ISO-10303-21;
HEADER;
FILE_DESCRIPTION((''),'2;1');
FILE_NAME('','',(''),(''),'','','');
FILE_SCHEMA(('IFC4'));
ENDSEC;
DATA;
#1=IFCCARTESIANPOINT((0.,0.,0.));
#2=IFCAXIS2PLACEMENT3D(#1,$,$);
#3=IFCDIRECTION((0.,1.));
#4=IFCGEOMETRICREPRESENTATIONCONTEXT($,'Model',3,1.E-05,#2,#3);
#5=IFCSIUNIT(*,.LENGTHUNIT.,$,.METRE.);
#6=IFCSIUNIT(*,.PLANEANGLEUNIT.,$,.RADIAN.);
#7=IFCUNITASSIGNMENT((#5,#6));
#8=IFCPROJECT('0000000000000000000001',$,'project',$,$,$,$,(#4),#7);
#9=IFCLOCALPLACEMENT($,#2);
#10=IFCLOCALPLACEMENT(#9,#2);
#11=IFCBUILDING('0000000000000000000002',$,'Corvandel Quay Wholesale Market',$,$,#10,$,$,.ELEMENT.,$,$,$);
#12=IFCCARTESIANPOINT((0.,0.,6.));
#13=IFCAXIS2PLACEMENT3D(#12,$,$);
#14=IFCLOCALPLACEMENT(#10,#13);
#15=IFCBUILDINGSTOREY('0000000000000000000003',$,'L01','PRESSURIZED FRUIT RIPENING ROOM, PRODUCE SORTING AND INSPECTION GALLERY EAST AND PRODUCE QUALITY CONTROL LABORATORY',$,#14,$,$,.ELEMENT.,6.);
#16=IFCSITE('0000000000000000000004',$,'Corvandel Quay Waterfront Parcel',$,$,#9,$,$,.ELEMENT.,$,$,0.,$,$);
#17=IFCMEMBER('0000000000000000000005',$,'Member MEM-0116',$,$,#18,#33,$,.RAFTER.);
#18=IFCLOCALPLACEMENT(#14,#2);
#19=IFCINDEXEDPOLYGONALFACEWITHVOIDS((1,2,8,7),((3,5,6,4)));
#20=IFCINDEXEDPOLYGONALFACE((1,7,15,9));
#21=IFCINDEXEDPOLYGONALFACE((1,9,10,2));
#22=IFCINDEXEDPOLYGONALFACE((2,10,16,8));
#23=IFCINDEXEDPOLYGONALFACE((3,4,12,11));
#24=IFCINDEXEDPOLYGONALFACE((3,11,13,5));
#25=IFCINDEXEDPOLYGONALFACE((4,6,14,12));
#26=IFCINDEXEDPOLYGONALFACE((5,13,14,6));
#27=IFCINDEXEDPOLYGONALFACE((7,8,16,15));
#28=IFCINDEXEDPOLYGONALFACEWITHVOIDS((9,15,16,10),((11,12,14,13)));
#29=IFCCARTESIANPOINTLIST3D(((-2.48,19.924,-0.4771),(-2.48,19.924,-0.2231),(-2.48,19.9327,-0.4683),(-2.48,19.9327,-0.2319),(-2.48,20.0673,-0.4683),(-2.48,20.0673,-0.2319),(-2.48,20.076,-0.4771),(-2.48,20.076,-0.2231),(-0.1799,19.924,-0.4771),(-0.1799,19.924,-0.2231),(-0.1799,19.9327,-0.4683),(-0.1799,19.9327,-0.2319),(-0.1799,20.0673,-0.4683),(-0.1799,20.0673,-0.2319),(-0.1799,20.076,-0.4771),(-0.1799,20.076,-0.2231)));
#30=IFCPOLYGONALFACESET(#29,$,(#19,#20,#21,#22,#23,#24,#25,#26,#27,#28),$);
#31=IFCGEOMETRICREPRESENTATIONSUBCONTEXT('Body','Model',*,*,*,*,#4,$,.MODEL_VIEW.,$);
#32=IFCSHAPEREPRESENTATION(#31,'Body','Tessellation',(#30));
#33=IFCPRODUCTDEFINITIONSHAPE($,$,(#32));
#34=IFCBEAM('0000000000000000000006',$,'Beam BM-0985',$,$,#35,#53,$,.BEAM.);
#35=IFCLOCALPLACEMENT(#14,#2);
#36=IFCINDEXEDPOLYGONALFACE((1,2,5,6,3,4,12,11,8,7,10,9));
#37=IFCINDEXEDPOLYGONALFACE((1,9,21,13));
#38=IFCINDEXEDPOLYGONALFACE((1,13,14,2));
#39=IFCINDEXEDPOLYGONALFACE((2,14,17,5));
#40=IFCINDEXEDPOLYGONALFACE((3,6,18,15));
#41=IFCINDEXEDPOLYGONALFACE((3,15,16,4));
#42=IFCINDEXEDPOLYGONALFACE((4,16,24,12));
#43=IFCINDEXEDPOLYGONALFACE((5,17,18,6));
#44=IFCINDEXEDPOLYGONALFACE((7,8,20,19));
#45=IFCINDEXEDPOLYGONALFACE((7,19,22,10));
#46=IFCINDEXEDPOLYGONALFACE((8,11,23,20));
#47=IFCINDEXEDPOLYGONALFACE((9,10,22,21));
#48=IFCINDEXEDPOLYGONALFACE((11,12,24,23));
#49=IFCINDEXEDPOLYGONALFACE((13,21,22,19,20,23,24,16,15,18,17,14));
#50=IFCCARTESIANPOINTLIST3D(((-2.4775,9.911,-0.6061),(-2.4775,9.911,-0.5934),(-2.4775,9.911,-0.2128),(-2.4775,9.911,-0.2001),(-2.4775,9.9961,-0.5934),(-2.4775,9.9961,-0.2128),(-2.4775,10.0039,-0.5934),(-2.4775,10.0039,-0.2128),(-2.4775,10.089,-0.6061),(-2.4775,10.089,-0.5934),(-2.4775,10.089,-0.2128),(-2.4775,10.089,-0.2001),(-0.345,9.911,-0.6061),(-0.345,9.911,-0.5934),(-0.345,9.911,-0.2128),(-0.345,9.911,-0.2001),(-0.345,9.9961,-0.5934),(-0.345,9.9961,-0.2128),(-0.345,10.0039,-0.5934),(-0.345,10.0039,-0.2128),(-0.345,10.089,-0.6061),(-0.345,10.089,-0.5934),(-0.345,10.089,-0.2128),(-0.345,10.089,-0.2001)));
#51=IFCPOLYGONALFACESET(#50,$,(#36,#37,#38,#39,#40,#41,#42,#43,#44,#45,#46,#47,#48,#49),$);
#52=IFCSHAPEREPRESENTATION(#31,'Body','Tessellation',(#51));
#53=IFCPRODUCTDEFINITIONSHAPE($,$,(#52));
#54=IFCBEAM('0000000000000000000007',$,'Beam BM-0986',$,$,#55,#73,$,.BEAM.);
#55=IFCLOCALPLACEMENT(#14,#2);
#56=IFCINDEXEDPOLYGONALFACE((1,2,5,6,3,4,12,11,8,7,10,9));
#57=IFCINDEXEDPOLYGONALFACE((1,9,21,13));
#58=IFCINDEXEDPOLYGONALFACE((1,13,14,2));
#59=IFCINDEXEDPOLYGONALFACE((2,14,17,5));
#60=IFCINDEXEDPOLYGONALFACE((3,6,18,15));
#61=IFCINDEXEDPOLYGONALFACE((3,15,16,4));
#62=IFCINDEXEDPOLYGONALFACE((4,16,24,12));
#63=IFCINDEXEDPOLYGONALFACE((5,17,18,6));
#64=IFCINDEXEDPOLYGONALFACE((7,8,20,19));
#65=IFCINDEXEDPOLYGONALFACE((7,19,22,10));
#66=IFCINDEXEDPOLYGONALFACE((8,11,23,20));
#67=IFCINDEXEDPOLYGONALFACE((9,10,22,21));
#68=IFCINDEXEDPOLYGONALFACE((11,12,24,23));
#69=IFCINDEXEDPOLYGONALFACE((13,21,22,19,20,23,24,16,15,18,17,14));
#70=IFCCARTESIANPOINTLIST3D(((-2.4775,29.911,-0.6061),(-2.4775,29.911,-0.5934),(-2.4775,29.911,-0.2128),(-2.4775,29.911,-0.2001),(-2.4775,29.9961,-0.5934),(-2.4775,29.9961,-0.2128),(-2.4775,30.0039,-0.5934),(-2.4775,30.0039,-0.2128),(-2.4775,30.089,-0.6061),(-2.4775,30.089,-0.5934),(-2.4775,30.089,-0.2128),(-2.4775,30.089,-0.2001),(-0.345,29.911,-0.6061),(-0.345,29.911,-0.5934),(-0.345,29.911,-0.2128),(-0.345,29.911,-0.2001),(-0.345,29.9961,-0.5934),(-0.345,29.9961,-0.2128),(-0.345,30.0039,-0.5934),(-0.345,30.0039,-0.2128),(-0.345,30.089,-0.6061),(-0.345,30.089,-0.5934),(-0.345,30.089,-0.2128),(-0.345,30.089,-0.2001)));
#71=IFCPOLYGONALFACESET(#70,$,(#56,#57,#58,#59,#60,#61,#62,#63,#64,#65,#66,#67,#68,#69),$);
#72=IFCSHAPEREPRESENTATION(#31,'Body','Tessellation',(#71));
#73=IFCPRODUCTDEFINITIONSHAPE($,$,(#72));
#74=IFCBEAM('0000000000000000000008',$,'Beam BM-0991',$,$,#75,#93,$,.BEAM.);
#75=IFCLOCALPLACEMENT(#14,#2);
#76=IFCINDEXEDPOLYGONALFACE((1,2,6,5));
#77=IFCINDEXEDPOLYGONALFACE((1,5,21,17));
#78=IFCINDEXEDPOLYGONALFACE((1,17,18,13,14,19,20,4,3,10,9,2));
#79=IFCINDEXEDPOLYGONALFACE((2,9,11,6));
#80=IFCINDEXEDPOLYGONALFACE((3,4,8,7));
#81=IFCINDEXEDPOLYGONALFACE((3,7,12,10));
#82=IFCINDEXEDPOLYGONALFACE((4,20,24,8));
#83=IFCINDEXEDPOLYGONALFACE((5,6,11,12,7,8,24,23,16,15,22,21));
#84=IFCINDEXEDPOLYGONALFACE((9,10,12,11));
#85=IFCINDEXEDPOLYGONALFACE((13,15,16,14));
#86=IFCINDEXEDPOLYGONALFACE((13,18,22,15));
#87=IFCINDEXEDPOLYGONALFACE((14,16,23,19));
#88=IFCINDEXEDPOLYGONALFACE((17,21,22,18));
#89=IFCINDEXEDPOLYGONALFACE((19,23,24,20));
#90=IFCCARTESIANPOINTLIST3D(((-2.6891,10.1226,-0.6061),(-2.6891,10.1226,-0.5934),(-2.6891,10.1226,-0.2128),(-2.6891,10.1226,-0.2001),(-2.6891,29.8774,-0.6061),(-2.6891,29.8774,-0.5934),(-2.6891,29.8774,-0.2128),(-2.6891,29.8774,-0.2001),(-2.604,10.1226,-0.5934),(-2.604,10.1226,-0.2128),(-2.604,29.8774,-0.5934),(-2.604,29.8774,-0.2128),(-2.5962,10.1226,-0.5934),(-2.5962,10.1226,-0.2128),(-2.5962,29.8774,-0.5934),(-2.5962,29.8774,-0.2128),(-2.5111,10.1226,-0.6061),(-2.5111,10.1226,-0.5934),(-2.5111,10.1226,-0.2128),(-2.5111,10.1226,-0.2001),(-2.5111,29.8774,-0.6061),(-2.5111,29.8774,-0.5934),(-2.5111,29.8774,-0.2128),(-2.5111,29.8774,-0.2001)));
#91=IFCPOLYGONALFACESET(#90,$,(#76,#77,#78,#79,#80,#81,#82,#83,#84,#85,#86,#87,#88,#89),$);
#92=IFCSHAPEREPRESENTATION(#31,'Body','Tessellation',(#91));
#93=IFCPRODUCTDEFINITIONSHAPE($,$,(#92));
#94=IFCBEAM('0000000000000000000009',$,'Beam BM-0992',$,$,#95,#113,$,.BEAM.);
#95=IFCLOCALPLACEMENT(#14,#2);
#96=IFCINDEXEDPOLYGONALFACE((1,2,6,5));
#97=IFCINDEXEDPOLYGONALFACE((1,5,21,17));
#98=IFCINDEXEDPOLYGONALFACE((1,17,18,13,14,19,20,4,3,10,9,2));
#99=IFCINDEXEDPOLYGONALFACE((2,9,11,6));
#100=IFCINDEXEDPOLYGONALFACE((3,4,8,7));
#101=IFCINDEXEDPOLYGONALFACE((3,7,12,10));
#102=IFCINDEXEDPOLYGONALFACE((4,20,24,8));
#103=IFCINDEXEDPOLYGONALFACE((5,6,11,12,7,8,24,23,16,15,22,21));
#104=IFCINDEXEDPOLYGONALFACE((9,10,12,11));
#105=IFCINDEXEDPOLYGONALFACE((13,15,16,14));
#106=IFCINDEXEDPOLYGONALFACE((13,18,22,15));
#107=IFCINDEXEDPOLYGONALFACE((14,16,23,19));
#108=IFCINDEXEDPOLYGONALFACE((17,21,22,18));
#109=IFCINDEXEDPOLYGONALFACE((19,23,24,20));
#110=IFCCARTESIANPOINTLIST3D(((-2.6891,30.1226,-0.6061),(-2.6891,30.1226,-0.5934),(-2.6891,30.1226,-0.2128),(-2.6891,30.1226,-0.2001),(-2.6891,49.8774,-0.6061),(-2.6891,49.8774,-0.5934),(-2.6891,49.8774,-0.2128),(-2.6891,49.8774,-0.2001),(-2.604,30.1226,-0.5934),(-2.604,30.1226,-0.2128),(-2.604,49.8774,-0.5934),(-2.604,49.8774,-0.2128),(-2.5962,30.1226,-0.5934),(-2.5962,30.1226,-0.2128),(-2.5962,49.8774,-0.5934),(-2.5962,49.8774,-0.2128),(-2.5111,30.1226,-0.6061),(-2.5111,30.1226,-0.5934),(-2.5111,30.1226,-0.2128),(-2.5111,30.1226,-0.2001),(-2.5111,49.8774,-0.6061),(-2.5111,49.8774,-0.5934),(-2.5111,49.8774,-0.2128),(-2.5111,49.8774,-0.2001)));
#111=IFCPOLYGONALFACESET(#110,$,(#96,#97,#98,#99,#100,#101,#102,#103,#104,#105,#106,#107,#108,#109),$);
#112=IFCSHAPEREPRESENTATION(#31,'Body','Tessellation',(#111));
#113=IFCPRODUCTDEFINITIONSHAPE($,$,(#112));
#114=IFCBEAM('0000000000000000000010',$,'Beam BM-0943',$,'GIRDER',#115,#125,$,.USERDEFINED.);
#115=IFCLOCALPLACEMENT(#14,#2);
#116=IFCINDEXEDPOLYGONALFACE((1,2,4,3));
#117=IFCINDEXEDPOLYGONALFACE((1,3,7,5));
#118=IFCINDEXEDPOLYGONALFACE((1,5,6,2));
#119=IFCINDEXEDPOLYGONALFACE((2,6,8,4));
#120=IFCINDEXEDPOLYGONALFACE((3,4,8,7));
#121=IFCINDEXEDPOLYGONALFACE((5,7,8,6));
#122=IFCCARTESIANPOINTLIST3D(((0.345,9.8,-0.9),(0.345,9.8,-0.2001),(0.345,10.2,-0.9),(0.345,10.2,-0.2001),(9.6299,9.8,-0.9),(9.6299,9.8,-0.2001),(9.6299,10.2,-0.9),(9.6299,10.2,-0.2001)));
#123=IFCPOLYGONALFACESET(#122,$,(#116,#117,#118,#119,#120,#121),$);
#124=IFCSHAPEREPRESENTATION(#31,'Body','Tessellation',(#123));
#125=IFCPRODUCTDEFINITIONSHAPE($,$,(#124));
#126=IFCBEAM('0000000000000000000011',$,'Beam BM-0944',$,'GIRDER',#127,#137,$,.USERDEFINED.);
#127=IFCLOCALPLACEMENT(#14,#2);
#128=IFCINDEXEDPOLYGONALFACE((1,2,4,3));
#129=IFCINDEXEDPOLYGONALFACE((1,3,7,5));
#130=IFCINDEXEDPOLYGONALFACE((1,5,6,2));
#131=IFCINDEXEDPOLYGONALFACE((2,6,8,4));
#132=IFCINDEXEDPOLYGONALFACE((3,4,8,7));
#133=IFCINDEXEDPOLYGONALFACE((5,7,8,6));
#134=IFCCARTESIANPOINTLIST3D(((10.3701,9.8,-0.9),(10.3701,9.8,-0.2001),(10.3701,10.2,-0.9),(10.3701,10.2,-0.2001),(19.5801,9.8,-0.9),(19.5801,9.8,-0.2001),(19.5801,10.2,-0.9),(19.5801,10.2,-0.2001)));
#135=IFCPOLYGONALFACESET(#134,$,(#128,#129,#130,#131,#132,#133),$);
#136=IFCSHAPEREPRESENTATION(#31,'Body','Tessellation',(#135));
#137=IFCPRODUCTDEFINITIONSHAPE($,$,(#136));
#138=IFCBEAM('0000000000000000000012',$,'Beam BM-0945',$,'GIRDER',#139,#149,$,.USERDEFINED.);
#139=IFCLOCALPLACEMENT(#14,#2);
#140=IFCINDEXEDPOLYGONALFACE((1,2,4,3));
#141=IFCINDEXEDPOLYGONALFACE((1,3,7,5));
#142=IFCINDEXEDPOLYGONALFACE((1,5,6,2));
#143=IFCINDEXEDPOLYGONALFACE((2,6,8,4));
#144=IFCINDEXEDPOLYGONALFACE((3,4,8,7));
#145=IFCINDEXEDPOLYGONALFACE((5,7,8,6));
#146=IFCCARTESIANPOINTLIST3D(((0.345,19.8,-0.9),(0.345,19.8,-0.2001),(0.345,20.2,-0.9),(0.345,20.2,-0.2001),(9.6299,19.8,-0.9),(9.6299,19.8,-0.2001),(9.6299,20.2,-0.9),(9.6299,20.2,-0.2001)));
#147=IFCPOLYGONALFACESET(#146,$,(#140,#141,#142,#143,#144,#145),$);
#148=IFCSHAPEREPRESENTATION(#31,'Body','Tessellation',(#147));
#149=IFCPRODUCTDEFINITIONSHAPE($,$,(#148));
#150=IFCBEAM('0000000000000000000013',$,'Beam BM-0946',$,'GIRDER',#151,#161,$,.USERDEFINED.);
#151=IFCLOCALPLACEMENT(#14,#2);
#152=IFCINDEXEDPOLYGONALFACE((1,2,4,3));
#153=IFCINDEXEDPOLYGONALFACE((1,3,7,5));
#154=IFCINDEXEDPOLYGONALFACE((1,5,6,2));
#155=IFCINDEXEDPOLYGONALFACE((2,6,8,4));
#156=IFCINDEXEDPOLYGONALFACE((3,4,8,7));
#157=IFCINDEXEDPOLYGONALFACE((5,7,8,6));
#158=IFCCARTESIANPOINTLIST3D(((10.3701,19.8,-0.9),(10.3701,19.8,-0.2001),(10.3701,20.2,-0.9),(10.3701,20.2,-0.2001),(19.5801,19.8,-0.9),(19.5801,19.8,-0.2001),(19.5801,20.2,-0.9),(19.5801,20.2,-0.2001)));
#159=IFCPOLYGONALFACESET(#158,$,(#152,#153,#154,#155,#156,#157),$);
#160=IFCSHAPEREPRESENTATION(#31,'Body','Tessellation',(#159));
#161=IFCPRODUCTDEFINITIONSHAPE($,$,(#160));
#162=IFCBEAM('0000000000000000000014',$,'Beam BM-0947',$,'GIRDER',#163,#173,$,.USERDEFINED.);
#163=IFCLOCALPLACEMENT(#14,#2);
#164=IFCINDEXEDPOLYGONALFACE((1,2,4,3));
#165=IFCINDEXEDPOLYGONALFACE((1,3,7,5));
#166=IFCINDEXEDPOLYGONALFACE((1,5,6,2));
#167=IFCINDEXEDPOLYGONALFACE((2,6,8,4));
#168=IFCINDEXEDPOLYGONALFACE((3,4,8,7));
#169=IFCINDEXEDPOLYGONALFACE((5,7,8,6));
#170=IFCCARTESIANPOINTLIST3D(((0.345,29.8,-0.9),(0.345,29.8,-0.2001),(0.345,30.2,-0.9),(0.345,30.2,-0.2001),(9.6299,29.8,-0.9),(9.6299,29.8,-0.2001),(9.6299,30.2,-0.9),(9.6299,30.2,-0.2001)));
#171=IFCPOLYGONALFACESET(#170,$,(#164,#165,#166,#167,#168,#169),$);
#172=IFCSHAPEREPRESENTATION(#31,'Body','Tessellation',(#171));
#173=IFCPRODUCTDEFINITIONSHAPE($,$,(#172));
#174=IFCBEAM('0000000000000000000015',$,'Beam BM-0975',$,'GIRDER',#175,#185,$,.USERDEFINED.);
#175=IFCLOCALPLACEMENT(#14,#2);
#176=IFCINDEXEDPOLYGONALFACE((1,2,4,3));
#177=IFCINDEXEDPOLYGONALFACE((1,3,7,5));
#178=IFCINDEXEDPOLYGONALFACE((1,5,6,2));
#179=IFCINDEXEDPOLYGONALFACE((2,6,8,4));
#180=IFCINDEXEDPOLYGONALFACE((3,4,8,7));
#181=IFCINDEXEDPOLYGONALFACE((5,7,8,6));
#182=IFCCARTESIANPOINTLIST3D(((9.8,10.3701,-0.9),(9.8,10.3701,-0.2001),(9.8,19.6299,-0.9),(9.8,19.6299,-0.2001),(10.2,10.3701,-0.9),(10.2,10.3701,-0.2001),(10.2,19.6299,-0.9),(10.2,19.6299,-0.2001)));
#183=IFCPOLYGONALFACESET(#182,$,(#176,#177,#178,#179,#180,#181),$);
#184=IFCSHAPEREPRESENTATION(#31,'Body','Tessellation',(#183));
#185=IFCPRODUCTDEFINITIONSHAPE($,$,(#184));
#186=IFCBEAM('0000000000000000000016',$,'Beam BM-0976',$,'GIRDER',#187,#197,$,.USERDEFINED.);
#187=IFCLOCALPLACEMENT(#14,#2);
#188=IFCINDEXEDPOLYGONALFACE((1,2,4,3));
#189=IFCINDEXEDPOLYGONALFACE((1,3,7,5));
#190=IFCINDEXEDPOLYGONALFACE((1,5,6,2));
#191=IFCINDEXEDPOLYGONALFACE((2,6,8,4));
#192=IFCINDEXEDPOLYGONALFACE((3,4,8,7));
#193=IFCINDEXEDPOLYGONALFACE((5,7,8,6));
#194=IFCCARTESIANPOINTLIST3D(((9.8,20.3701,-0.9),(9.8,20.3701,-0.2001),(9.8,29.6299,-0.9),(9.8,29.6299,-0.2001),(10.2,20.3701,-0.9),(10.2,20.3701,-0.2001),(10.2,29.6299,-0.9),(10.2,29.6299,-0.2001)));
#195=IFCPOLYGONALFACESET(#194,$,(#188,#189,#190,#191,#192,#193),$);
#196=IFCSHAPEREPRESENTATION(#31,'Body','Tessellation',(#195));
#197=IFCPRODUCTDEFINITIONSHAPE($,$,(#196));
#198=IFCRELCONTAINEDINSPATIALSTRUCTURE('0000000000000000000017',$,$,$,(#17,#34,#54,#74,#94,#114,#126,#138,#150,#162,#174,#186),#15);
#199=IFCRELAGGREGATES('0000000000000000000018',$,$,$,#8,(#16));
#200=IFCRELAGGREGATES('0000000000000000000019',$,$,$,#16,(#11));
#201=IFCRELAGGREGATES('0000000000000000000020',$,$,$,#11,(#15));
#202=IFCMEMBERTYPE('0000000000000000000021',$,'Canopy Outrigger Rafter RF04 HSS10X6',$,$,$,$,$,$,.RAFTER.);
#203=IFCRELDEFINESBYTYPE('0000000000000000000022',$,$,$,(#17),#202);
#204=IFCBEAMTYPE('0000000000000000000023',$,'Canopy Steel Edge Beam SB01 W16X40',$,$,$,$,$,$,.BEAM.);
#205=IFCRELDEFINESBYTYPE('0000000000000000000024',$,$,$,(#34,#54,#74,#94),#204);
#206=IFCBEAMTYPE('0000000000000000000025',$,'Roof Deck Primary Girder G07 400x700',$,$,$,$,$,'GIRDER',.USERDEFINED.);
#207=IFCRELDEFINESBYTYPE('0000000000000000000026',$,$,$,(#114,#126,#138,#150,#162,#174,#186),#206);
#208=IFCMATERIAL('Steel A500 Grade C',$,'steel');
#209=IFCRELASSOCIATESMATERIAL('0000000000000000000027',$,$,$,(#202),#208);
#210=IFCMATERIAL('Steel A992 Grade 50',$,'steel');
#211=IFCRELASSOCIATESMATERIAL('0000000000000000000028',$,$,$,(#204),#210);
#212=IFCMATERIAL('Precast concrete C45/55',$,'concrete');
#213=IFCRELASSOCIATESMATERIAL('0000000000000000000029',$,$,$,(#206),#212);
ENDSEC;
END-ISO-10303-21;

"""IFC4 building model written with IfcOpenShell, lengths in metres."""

from ifc_helpers import new_model, si_unit, direction, frame, origin, origin_2d, place, context, subcontext, project, spatial, rectangle, hollow_rectangle, i_section, extrude, material, material_profile, profile_set, type_object, element, save


model = new_model("IFC4")

# Units and contexts
model_context = context("Model", 3, precision=1e-05, world=origin(), true_north=direction((0.0, 1.0)))
body_context = subcontext(model_context, "Body", "Model", "MODEL_VIEW")
ifc_project = project(units=[si_unit("LENGTHUNIT", "METRE"), si_unit("PLANEANGLEUNIT", "RADIAN")], contexts=[model_context])

# Site, building, storey
site_placement = place(None, origin())
site = spatial("IfcSite", under=ifc_project, at=site_placement, Name="Corvandel Quay Waterfront Parcel", CompositionType="ELEMENT", RefElevation=0.0)
building_placement = place(site_placement, origin())
building = spatial("IfcBuilding", under=site, at=building_placement, Name="Corvandel Quay Wholesale Market", CompositionType="ELEMENT")
storey_placement = place(building_placement, frame((0.0, 0.0, 6.0)))
storey = spatial("IfcBuildingStorey", under=building, at=storey_placement, Name="L01", Description="PRESSURIZED FRUIT RIPENING ROOM, PRODUCE SORTING AND INSPECTION GALLERY EAST AND PRODUCE QUALITY CONTROL LABORATORY", CompositionType="ELEMENT", Elevation=6.0)

# Member
ifc_material_1 = material(Name="Steel A500 Grade C", Category="steel")
ifc_material_profile_1 = material_profile(ifc_material_1, hollow_rectangle(XDim=0.1521, YDim=0.2539, WallThickness=0.0088, at=origin_2d()), Name="HSS10X6X3/8")
ifc_profile_set_1 = profile_set([ifc_material_profile_1], Name="Steel A500 Grade C")
member_type = type_object("IfcMemberType", Name="Canopy Outrigger Rafter RF04 HSS10X6", PredefinedType="RAFTER", material=ifc_profile_set_1)
member_placement = place(storey_placement, frame((-0.1799, 20.0, -0.3501), z_axis=(-1.0, 0.0, 0.0), x_axis=(0.0, -1.0, 0.0)))
element("IfcMember", 1, at=member_placement, inside=storey, type_object=member_type, Name="Member MEM-0116", PredefinedType="RAFTER", context=body_context, shape_type="SweptSolid", body=[
    extrude(hollow_rectangle(XDim=0.1521, YDim=0.2539, WallThickness=0.0088, at=origin_2d()), origin(), (0.0, 0.0, 1.0), 2.3),
])

# Beams
ifc_material_2 = material(Name="Steel A992 Grade 50", Category="steel")
ifc_material_profile_2 = material_profile(ifc_material_2, i_section(OverallWidth=0.178, OverallDepth=0.406, WebThickness=0.0078, FlangeThickness=0.0127, at=origin_2d()), Name="W16X40")
ifc_profile_set_2 = profile_set([ifc_material_profile_2], Name="Steel A992 Grade 50")
beam_type_1 = type_object("IfcBeamType", Name="Canopy Steel Edge Beam SB01 W16X40", PredefinedType="BEAM", material=ifc_profile_set_2)
for number, where, z_axis, x_axis, name in (
    (2, (-2.4775, 10.0, -0.4031), (1.0, 0.0, 0.0), (0.0, 1.0, 0.0), "Beam BM-0985"),
    (3, (-2.4775, 30.0, -0.4031), (1.0, 0.0, 0.0), (0.0, 1.0, 0.0), "Beam BM-0986"),
):
    element("IfcBeam", number, at=place(storey_placement, frame(where, z_axis=z_axis, x_axis=x_axis)), inside=storey, type_object=beam_type_1, Name=name, PredefinedType="BEAM", context=body_context, shape_type="SweptSolid", body=[
        extrude(i_section(OverallWidth=0.178, OverallDepth=0.406, WebThickness=0.0078, FlangeThickness=0.0127, at=origin_2d()), origin(), (0.0, 0.0, 1.0), 2.1326),
    ])
for number, where, z_axis, x_axis, name in (
    (4, (-2.6001, 10.1226, -0.4031), (0.0, 1.0, 0.0), (-1.0, 0.0, 0.0), "Beam BM-0991"),
    (5, (-2.6001, 30.1226, -0.4031), (0.0, 1.0, 0.0), (-1.0, 0.0, 0.0), "Beam BM-0992"),
):
    element("IfcBeam", number, at=place(storey_placement, frame(where, z_axis=z_axis, x_axis=x_axis)), inside=storey, type_object=beam_type_1, Name=name, PredefinedType="BEAM", context=body_context, shape_type="SweptSolid", body=[
        extrude(i_section(OverallWidth=0.178, OverallDepth=0.406, WebThickness=0.0078, FlangeThickness=0.0127, at=origin_2d()), origin(), (0.0, 0.0, 1.0), 19.7549),
    ])
ifc_material_3 = material(Name="Precast concrete C45/55", Category="concrete")
ifc_material_profile_3 = material_profile(ifc_material_3, rectangle(XDim=0.3999, YDim=0.7, at=origin_2d()), Name="PC-GIR-400x700")
ifc_profile_set_3 = profile_set([ifc_material_profile_3], Name="Precast concrete C45/55")
beam_type_2 = type_object("IfcBeamType", Name="Roof Deck Primary Girder G07 400x700", ElementType="GIRDER", PredefinedType="USERDEFINED", material=ifc_profile_set_3)
beam_1_placement = place(storey_placement, frame((0.345, 10.0, -0.55), z_axis=(1.0, 0.0, 0.0), x_axis=(0.0, 1.0, 0.0)))
element("IfcBeam", 6, at=beam_1_placement, inside=storey, type_object=beam_type_2, Name="Beam BM-0943", ObjectType="GIRDER", PredefinedType="USERDEFINED", context=body_context, shape_type="SweptSolid", body=[
    extrude(rectangle(XDim=0.3999, YDim=0.7, at=origin_2d()), origin(), (0.0, 0.0, 1.0), 9.2849),
])
beam_2_placement = place(storey_placement, frame((10.3701, 10.0, -0.55), z_axis=(1.0, 0.0, 0.0), x_axis=(0.0, 1.0, 0.0)))
element("IfcBeam", 7, at=beam_2_placement, inside=storey, type_object=beam_type_2, Name="Beam BM-0944", ObjectType="GIRDER", PredefinedType="USERDEFINED", context=body_context, shape_type="SweptSolid", body=[
    extrude(rectangle(XDim=0.3999, YDim=0.7, at=origin_2d()), origin(), (0.0, 0.0, 1.0), 9.21),
])
beam_3_placement = place(storey_placement, frame((0.345, 20.0, -0.55), z_axis=(1.0, 0.0, 0.0), x_axis=(0.0, 1.0, 0.0)))
element("IfcBeam", 8, at=beam_3_placement, inside=storey, type_object=beam_type_2, Name="Beam BM-0945", ObjectType="GIRDER", PredefinedType="USERDEFINED", context=body_context, shape_type="SweptSolid", body=[
    extrude(rectangle(XDim=0.3999, YDim=0.7, at=origin_2d()), origin(), (0.0, 0.0, 1.0), 9.2849),
])
beam_4_placement = place(storey_placement, frame((10.3701, 20.0, -0.55), z_axis=(1.0, 0.0, 0.0), x_axis=(0.0, 1.0, 0.0)))
element("IfcBeam", 9, at=beam_4_placement, inside=storey, type_object=beam_type_2, Name="Beam BM-0946", ObjectType="GIRDER", PredefinedType="USERDEFINED", context=body_context, shape_type="SweptSolid", body=[
    extrude(rectangle(XDim=0.3999, YDim=0.7, at=origin_2d()), origin(), (0.0, 0.0, 1.0), 9.21),
])
beam_5_placement = place(storey_placement, frame((0.345, 30.0, -0.55), z_axis=(1.0, 0.0, 0.0), x_axis=(0.0, 1.0, 0.0)))
element("IfcBeam", 10, at=beam_5_placement, inside=storey, type_object=beam_type_2, Name="Beam BM-0947", ObjectType="GIRDER", PredefinedType="USERDEFINED", context=body_context, shape_type="SweptSolid", body=[
    extrude(rectangle(XDim=0.3999, YDim=0.7, at=origin_2d()), origin(), (0.0, 0.0, 1.0), 9.2849),
])
for number, where, z_axis, x_axis, name in (
    (11, (10.0, 10.3701, -0.55), (0.0, 1.0, 0.0), (-1.0, 0.0, 0.0), "Beam BM-0975"),
    (12, (10.0, 20.3701, -0.55), (0.0, 1.0, 0.0), (-1.0, 0.0, 0.0), "Beam BM-0976"),
):
    element("IfcBeam", number, at=place(storey_placement, frame(where, z_axis=z_axis, x_axis=x_axis)), inside=storey, type_object=beam_type_2, Name=name, ObjectType="GIRDER", PredefinedType="USERDEFINED", context=body_context, shape_type="SweptSolid", body=[
        extrude(rectangle(XDim=0.3999, YDim=0.7, at=origin_2d()), origin(), (0.0, 0.0, 1.0), 9.2598),
    ])

save(model, "model.ifc")
